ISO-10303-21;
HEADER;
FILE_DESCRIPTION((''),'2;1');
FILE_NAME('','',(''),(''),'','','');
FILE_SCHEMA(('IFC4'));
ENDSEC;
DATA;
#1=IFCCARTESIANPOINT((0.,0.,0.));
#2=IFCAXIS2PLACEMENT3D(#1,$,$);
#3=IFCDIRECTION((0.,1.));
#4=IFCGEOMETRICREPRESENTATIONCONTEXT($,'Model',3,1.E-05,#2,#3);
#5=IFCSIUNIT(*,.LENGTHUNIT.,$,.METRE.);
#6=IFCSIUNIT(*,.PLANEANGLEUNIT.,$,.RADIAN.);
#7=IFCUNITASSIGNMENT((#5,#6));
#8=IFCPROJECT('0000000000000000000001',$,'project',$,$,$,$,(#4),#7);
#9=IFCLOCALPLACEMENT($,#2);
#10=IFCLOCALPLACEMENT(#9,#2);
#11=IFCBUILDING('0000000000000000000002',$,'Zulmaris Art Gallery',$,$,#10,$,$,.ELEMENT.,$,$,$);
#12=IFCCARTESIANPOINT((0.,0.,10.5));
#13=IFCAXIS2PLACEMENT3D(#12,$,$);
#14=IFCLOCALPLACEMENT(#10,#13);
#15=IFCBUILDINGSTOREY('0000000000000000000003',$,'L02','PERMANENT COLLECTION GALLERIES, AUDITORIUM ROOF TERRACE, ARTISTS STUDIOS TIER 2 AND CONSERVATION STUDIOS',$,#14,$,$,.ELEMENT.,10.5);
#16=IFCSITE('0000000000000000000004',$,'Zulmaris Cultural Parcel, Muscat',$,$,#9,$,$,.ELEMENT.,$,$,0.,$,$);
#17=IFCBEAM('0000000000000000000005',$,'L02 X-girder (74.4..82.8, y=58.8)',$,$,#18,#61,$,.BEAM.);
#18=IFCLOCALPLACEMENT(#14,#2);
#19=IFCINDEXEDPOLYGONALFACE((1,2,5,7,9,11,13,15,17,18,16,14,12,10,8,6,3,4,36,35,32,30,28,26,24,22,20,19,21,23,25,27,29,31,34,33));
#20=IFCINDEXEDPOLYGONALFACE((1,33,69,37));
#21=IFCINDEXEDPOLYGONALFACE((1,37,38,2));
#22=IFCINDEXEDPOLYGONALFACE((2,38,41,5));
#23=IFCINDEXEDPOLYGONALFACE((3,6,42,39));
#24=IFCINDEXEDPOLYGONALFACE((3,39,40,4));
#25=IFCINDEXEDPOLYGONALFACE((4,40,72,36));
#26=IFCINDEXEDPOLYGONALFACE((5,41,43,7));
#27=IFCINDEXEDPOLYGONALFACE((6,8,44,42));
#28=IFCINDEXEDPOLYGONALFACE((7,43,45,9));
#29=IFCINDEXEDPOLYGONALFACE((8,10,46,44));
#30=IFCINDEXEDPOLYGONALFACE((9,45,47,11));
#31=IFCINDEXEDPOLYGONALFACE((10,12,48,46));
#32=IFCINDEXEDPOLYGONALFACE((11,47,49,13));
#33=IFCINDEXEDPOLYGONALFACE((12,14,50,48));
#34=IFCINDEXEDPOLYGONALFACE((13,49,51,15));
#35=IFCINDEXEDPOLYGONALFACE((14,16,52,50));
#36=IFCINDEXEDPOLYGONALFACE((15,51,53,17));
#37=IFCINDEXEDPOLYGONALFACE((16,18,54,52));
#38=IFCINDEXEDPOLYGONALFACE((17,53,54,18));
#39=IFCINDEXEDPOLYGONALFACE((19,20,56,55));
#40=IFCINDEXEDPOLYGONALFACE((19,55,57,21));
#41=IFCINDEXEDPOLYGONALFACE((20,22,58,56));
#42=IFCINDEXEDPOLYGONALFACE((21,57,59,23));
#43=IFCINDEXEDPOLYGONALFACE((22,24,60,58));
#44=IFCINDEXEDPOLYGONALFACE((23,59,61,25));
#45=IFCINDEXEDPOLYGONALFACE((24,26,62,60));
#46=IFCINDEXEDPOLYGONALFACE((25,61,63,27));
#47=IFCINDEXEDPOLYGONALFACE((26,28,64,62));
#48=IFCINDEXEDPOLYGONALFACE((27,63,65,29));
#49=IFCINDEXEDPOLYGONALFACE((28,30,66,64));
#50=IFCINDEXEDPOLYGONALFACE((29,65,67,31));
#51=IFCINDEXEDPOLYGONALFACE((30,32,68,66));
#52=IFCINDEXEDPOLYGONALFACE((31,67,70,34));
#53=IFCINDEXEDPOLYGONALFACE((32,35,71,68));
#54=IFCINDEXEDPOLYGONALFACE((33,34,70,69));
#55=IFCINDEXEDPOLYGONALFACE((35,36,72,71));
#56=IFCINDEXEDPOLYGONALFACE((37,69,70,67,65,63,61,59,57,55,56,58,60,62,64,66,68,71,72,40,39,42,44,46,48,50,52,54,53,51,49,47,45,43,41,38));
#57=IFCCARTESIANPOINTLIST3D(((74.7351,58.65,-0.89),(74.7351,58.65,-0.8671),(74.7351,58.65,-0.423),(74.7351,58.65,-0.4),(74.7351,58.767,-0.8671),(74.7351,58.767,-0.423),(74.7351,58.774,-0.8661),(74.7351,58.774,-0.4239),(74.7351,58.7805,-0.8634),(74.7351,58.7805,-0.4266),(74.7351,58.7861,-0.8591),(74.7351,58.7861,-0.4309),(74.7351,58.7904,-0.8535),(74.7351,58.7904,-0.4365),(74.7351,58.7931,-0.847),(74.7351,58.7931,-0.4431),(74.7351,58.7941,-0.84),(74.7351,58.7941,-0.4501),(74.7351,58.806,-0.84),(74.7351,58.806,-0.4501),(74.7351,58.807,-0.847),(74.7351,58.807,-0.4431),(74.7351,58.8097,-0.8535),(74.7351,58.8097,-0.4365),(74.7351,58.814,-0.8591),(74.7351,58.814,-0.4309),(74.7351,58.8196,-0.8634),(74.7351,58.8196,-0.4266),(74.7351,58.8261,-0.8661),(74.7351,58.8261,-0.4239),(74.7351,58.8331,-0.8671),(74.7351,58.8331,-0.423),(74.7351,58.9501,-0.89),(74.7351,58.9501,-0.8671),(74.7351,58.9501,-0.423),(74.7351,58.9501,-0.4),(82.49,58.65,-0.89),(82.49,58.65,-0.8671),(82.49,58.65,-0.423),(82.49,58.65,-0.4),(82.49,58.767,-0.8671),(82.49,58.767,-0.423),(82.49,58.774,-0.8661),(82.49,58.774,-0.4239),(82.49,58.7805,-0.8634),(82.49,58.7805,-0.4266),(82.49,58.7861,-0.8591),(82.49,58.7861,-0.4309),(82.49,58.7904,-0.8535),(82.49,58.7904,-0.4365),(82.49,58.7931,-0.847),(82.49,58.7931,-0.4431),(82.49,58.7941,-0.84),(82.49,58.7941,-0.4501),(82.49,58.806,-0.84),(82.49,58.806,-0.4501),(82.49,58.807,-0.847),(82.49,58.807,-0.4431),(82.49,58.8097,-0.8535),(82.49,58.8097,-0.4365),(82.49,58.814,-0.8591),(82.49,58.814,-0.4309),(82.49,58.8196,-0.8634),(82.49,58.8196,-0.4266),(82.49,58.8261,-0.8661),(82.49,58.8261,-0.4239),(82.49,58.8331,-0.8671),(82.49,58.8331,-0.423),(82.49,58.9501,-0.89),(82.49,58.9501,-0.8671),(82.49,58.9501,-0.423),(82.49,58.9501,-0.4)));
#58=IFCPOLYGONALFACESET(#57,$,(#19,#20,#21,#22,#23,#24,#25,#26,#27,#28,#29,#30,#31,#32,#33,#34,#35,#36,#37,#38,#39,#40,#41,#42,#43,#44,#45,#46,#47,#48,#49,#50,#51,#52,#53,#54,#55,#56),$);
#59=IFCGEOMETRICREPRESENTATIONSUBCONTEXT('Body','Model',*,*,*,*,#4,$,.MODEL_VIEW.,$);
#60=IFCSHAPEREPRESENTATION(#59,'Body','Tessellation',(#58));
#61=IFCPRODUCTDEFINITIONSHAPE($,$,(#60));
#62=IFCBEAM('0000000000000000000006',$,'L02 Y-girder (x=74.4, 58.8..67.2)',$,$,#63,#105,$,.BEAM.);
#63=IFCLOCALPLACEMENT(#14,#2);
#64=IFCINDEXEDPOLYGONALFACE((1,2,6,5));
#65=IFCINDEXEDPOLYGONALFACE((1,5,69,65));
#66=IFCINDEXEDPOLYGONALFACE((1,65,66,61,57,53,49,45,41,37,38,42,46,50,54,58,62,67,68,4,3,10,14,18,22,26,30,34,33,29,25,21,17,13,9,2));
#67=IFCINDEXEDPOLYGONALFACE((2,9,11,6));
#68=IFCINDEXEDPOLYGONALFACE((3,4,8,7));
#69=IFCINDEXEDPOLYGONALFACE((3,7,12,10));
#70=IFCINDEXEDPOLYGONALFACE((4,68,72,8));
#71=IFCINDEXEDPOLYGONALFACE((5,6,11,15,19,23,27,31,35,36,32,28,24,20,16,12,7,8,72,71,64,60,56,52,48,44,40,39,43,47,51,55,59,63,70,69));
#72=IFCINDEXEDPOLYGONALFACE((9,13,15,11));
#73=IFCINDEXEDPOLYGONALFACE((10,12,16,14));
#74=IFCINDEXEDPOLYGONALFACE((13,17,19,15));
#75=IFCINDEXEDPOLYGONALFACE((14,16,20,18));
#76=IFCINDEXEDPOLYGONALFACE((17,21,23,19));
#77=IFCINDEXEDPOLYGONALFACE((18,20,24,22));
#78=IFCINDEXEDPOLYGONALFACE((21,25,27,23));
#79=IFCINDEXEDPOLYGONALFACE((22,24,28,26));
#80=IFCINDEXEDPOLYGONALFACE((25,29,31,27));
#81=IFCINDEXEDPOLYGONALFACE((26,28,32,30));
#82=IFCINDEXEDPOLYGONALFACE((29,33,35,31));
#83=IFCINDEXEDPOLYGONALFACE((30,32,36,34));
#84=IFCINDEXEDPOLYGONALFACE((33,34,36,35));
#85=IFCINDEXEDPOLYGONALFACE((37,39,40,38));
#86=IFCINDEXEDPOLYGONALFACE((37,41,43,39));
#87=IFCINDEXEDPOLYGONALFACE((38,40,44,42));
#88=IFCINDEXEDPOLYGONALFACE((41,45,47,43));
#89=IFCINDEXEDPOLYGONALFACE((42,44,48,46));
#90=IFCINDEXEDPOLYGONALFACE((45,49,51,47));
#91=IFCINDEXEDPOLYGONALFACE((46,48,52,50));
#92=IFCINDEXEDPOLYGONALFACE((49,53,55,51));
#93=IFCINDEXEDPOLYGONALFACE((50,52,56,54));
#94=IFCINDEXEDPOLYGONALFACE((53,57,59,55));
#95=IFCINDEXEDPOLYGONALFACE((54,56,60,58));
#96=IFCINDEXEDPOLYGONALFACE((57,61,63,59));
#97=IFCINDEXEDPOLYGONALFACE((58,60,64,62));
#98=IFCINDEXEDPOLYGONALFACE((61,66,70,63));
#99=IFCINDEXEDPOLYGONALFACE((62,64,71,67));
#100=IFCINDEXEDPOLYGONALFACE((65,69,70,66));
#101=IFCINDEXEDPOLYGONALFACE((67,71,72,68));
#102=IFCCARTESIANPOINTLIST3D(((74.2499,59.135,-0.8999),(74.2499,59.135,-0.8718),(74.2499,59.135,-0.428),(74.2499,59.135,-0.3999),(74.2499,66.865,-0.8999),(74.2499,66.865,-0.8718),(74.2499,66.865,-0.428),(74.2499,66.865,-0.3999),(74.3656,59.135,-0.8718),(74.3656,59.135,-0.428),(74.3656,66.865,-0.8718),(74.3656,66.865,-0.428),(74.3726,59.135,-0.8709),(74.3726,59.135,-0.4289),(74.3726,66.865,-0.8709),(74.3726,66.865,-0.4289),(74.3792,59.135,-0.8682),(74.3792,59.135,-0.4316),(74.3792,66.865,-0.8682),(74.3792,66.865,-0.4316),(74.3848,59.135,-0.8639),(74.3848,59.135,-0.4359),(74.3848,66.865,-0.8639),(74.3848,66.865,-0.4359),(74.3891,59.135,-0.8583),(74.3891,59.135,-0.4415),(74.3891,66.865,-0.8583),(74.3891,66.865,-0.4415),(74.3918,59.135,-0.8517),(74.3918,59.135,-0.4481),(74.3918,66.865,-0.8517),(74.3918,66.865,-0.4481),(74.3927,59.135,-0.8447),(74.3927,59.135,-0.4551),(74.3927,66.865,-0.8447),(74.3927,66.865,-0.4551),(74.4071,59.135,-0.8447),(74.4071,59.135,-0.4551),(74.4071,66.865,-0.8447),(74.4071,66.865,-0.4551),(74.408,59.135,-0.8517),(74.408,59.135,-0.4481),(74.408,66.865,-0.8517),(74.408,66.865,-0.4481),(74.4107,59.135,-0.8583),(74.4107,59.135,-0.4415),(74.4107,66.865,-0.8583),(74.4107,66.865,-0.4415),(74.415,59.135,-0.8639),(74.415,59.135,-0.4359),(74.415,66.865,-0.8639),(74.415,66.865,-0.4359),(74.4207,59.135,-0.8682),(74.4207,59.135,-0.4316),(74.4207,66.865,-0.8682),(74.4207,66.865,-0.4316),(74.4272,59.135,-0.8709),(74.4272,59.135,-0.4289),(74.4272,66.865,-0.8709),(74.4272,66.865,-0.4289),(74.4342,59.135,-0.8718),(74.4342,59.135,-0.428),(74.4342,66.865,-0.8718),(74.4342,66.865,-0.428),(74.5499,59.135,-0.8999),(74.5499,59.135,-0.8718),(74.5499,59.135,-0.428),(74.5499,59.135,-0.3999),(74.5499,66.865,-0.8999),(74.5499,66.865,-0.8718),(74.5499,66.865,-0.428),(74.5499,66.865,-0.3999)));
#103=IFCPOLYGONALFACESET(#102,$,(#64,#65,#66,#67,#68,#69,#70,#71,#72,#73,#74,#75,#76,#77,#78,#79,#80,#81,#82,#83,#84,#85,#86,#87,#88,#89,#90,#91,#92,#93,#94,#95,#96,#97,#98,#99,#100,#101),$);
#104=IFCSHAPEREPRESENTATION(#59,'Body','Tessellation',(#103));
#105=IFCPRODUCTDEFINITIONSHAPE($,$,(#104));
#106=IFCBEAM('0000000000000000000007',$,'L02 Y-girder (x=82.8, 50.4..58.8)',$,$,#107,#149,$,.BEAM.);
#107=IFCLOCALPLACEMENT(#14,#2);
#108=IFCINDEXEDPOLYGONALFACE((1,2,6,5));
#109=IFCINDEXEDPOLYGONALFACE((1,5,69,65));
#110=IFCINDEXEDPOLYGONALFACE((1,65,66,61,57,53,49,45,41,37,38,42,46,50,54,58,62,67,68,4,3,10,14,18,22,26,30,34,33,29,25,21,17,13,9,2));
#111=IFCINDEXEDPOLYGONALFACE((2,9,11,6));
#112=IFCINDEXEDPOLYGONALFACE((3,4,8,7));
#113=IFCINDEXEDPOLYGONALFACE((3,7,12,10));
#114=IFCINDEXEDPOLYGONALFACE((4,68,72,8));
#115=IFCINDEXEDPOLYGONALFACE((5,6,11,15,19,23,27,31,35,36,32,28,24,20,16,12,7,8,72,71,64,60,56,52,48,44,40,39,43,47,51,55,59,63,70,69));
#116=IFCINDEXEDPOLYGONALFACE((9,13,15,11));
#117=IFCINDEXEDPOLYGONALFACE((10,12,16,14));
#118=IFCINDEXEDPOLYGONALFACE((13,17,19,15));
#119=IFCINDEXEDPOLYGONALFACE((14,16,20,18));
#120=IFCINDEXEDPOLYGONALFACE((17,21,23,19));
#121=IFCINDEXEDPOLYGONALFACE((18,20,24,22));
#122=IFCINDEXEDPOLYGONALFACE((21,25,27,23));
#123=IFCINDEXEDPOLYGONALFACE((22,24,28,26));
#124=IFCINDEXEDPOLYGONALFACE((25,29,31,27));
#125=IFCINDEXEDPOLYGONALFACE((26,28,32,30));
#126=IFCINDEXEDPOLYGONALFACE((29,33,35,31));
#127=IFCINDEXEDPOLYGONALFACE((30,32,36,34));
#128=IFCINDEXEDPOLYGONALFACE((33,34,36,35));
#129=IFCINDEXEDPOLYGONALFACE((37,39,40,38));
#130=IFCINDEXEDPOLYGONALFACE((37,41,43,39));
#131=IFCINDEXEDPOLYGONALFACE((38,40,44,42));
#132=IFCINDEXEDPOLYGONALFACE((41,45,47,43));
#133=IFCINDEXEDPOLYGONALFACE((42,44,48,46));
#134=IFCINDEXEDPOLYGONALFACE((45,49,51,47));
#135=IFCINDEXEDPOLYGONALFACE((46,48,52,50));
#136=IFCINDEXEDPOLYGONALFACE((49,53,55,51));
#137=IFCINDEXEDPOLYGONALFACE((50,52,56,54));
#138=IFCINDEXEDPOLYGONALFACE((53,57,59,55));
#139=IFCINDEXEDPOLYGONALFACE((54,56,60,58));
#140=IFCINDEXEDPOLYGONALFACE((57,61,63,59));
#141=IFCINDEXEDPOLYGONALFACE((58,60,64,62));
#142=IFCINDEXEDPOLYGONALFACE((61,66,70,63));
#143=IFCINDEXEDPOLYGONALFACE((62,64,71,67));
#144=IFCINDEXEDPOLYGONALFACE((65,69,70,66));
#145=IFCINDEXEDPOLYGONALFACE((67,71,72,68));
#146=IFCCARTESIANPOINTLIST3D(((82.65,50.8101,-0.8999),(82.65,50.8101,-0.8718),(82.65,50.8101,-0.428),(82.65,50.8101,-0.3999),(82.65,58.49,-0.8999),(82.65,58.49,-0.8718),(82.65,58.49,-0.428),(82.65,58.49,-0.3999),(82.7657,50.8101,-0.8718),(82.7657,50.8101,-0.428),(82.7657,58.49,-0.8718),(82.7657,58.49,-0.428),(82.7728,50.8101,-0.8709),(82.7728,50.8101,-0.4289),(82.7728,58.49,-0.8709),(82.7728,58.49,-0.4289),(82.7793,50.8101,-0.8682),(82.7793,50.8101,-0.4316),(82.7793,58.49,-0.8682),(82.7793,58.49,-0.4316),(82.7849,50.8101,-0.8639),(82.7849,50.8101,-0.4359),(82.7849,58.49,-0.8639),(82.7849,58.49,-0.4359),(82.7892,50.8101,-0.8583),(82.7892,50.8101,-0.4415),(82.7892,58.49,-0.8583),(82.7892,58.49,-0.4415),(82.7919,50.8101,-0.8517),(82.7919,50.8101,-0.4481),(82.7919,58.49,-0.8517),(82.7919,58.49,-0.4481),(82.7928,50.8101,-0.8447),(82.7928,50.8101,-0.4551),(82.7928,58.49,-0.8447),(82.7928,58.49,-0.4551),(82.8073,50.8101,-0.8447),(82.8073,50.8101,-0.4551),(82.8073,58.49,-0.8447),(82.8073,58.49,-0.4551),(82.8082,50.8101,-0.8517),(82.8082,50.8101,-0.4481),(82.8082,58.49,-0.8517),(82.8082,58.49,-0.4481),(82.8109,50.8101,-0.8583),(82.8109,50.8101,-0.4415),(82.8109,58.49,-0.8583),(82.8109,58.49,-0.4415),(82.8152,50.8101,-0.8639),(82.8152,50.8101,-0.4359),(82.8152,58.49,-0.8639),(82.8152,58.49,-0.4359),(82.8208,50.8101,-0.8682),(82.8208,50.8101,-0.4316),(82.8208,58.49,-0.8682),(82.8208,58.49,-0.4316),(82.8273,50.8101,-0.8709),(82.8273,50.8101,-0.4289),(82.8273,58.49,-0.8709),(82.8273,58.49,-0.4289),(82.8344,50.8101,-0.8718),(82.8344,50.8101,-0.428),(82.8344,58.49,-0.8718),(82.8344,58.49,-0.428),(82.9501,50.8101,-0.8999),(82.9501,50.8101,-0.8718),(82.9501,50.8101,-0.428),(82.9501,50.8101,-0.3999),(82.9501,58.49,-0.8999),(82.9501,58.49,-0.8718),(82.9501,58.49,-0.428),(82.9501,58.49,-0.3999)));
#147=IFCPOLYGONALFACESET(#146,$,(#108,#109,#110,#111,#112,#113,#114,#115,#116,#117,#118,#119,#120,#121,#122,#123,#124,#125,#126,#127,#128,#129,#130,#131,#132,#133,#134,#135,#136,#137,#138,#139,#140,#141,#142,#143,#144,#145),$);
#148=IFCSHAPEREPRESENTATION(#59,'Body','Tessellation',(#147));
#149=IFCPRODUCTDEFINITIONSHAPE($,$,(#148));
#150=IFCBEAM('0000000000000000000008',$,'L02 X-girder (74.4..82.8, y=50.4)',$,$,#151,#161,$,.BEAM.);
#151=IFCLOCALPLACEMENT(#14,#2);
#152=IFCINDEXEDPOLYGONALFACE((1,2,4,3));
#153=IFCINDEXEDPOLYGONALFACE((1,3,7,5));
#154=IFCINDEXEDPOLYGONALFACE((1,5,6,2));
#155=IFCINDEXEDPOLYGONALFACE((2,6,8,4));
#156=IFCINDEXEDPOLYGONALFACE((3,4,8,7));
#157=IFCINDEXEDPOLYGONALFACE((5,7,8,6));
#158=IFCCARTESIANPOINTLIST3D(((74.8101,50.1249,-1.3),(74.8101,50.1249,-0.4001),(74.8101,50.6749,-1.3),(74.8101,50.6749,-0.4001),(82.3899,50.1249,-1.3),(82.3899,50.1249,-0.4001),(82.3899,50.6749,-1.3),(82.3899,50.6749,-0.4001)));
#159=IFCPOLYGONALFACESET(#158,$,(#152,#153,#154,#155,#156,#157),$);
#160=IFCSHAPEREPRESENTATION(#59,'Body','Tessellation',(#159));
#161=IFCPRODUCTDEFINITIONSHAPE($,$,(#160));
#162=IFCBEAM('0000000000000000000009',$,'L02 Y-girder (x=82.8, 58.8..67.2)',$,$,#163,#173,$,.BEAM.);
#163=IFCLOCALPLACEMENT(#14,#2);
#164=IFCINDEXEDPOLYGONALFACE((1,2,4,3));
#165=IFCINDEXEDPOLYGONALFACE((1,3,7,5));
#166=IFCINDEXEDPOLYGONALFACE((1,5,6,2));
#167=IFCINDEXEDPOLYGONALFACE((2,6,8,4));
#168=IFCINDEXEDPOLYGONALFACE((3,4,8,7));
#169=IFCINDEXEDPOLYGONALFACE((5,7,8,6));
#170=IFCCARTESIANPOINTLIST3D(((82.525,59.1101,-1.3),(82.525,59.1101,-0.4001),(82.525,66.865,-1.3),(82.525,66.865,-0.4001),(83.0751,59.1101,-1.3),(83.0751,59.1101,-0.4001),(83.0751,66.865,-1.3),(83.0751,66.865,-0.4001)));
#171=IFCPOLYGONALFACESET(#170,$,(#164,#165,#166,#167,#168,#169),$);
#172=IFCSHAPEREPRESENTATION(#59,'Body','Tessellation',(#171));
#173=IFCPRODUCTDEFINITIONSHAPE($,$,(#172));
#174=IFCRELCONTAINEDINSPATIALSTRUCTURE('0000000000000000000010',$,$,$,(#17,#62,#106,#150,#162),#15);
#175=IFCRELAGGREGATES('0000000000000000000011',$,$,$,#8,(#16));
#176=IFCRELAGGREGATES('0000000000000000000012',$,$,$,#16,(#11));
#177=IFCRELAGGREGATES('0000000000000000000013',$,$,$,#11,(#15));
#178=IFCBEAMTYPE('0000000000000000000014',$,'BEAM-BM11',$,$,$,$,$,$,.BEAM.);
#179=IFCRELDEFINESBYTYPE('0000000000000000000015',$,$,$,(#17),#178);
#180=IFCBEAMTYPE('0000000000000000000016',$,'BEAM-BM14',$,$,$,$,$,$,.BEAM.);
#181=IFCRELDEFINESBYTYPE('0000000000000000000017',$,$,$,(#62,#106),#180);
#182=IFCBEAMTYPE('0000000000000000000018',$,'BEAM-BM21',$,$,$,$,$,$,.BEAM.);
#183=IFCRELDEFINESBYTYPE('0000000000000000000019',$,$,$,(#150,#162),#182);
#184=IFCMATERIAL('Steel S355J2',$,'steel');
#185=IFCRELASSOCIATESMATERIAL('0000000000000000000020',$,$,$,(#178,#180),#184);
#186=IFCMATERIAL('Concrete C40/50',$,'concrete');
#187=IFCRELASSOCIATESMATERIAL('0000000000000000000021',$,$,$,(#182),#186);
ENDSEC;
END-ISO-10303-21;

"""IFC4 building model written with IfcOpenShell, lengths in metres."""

from ifc_helpers import new_model, si_unit, direction, frame, origin, origin_2d, place, context, subcontext, project, spatial, rectangle, i_section, extrude, material, material_profile, profile_set, type_object, element, save


model = new_model("IFC4")

# Units and contexts
model_context = context("Model", 3, precision=1e-05, world=origin(), true_north=direction((0.0, 1.0)))
body_context = subcontext(model_context, "Body", "Model", "MODEL_VIEW")
ifc_project = project(units=[si_unit("LENGTHUNIT", "METRE"), si_unit("PLANEANGLEUNIT", "RADIAN")], contexts=[model_context])

# Site, building, storey
site_placement = place(None, origin())
site = spatial("IfcSite", under=ifc_project, at=site_placement, Name="Zulmaris Cultural Parcel, Muscat", CompositionType="ELEMENT", RefElevation=0.0)
building_placement = place(site_placement, origin())
building = spatial("IfcBuilding", under=site, at=building_placement, Name="Zulmaris Art Gallery", CompositionType="ELEMENT")
storey_placement = place(building_placement, frame((0.0, 0.0, 10.5)))
storey = spatial("IfcBuildingStorey", under=building, at=storey_placement, Name="L02", Description="PERMANENT COLLECTION GALLERIES, AUDITORIUM ROOF TERRACE, ARTISTS STUDIOS TIER 2 AND CONSERVATION STUDIOS", CompositionType="ELEMENT", Elevation=10.5)

# Shared definitions
ifc_material_1 = material(Name="Concrete C40/50", Category="concrete")

# Beams
ifc_material_2 = material(Name="Steel S355J2", Category="steel")
ifc_material_profile_1 = material_profile(ifc_material_2, i_section(OverallWidth=0.3, OverallDepth=0.49, WebThickness=0.012, FlangeThickness=0.0229, FilletRadius=0.0271, at=origin_2d()), Name="HEA 500")
ifc_profile_set_1 = profile_set([ifc_material_profile_1], Name="Steel S355J2")
beam_type_1 = type_object("IfcBeamType", Name="BEAM-BM11", PredefinedType="BEAM", material=ifc_profile_set_1)
beam_1_placement = place(storey_placement, frame((74.7351, 58.8, -0.645), z_axis=(1.0, 0.0, 0.0), x_axis=(0.0, 1.0, 0.0)))
element("IfcBeam", 1, at=beam_1_placement, inside=storey, type_object=beam_type_1, Name="L02 X-girder (74.4..82.8, y=58.8)", PredefinedType="BEAM", context=body_context, shape_type="SweptSolid", body=[
    extrude(i_section(OverallWidth=0.3, OverallDepth=0.49, WebThickness=0.012, FlangeThickness=0.0229, FilletRadius=0.0271, at=origin_2d()), origin(), (0.0, 0.0, 1.0), 7.7549),
])
ifc_material_profile_2 = material_profile(ifc_material_2, i_section(OverallWidth=0.3, OverallDepth=0.5, WebThickness=0.0144, FlangeThickness=0.0281, FilletRadius=0.0271, at=origin_2d()), Name="HEB 500")
ifc_profile_set_2 = profile_set([ifc_material_profile_2], Name="Steel S355J2")
beam_type_2 = type_object("IfcBeamType", Name="BEAM-BM14", PredefinedType="BEAM", material=ifc_profile_set_2)
beam_2_placement = place(storey_placement, frame((74.3999, 59.135, -0.6499), z_axis=(0.0, 1.0, 0.0), x_axis=(-1.0, 0.0, 0.0)))
element("IfcBeam", 2, at=beam_2_placement, inside=storey, type_object=beam_type_2, Name="L02 Y-girder (x=74.4, 58.8..67.2)", PredefinedType="BEAM", context=body_context, shape_type="SweptSolid", body=[
    extrude(i_section(OverallWidth=0.3, OverallDepth=0.5, WebThickness=0.0144, FlangeThickness=0.0281, FilletRadius=0.0271, at=origin_2d()), origin(), (0.0, 0.0, 1.0), 7.73),
])
beam_3_placement = place(storey_placement, frame((82.8, 50.8101, -0.6499), z_axis=(0.0, 1.0, 0.0), x_axis=(-1.0, 0.0, 0.0)))
element("IfcBeam", 3, at=beam_3_placement, inside=storey, type_object=beam_type_2, Name="L02 Y-girder (x=82.8, 50.4..58.8)", PredefinedType="BEAM", context=body_context, shape_type="SweptSolid", body=[
    extrude(i_section(OverallWidth=0.3, OverallDepth=0.5, WebThickness=0.0144, FlangeThickness=0.0281, FilletRadius=0.0271, at=origin_2d()), origin(), (0.0, 0.0, 1.0), 7.6799),
])
ifc_material_profile_3 = material_profile(ifc_material_1, rectangle(XDim=0.55, YDim=0.8999, at=origin_2d()), Name="RC 550x900")
ifc_profile_set_3 = profile_set([ifc_material_profile_3], Name="Concrete C40/50")
beam_type_3 = type_object("IfcBeamType", Name="BEAM-BM21", PredefinedType="BEAM", material=ifc_profile_set_3)
beam_4_placement = place(storey_placement, frame((74.8101, 50.3999, -0.8501), z_axis=(1.0, 0.0, 0.0), x_axis=(0.0, 1.0, 0.0)))
element("IfcBeam", 4, at=beam_4_placement, inside=storey, type_object=beam_type_3, Name="L02 X-girder (74.4..82.8, y=50.4)", PredefinedType="BEAM", context=body_context, shape_type="SweptSolid", body=[
    extrude(rectangle(XDim=0.55, YDim=0.8999, at=origin_2d()), origin(), (0.0, 0.0, 1.0), 7.5798),
])
beam_5_placement = place(storey_placement, frame((82.8, 59.1101, -0.8501), z_axis=(0.0, 1.0, 0.0), x_axis=(-1.0, 0.0, 0.0)))
element("IfcBeam", 5, at=beam_5_placement, inside=storey, type_object=beam_type_3, Name="L02 Y-girder (x=82.8, 58.8..67.2)", PredefinedType="BEAM", context=body_context, shape_type="SweptSolid", body=[
    extrude(rectangle(XDim=0.55, YDim=0.8999, at=origin_2d()), origin(), (0.0, 0.0, 1.0), 7.7549),
])

save(model, "model.ifc")
